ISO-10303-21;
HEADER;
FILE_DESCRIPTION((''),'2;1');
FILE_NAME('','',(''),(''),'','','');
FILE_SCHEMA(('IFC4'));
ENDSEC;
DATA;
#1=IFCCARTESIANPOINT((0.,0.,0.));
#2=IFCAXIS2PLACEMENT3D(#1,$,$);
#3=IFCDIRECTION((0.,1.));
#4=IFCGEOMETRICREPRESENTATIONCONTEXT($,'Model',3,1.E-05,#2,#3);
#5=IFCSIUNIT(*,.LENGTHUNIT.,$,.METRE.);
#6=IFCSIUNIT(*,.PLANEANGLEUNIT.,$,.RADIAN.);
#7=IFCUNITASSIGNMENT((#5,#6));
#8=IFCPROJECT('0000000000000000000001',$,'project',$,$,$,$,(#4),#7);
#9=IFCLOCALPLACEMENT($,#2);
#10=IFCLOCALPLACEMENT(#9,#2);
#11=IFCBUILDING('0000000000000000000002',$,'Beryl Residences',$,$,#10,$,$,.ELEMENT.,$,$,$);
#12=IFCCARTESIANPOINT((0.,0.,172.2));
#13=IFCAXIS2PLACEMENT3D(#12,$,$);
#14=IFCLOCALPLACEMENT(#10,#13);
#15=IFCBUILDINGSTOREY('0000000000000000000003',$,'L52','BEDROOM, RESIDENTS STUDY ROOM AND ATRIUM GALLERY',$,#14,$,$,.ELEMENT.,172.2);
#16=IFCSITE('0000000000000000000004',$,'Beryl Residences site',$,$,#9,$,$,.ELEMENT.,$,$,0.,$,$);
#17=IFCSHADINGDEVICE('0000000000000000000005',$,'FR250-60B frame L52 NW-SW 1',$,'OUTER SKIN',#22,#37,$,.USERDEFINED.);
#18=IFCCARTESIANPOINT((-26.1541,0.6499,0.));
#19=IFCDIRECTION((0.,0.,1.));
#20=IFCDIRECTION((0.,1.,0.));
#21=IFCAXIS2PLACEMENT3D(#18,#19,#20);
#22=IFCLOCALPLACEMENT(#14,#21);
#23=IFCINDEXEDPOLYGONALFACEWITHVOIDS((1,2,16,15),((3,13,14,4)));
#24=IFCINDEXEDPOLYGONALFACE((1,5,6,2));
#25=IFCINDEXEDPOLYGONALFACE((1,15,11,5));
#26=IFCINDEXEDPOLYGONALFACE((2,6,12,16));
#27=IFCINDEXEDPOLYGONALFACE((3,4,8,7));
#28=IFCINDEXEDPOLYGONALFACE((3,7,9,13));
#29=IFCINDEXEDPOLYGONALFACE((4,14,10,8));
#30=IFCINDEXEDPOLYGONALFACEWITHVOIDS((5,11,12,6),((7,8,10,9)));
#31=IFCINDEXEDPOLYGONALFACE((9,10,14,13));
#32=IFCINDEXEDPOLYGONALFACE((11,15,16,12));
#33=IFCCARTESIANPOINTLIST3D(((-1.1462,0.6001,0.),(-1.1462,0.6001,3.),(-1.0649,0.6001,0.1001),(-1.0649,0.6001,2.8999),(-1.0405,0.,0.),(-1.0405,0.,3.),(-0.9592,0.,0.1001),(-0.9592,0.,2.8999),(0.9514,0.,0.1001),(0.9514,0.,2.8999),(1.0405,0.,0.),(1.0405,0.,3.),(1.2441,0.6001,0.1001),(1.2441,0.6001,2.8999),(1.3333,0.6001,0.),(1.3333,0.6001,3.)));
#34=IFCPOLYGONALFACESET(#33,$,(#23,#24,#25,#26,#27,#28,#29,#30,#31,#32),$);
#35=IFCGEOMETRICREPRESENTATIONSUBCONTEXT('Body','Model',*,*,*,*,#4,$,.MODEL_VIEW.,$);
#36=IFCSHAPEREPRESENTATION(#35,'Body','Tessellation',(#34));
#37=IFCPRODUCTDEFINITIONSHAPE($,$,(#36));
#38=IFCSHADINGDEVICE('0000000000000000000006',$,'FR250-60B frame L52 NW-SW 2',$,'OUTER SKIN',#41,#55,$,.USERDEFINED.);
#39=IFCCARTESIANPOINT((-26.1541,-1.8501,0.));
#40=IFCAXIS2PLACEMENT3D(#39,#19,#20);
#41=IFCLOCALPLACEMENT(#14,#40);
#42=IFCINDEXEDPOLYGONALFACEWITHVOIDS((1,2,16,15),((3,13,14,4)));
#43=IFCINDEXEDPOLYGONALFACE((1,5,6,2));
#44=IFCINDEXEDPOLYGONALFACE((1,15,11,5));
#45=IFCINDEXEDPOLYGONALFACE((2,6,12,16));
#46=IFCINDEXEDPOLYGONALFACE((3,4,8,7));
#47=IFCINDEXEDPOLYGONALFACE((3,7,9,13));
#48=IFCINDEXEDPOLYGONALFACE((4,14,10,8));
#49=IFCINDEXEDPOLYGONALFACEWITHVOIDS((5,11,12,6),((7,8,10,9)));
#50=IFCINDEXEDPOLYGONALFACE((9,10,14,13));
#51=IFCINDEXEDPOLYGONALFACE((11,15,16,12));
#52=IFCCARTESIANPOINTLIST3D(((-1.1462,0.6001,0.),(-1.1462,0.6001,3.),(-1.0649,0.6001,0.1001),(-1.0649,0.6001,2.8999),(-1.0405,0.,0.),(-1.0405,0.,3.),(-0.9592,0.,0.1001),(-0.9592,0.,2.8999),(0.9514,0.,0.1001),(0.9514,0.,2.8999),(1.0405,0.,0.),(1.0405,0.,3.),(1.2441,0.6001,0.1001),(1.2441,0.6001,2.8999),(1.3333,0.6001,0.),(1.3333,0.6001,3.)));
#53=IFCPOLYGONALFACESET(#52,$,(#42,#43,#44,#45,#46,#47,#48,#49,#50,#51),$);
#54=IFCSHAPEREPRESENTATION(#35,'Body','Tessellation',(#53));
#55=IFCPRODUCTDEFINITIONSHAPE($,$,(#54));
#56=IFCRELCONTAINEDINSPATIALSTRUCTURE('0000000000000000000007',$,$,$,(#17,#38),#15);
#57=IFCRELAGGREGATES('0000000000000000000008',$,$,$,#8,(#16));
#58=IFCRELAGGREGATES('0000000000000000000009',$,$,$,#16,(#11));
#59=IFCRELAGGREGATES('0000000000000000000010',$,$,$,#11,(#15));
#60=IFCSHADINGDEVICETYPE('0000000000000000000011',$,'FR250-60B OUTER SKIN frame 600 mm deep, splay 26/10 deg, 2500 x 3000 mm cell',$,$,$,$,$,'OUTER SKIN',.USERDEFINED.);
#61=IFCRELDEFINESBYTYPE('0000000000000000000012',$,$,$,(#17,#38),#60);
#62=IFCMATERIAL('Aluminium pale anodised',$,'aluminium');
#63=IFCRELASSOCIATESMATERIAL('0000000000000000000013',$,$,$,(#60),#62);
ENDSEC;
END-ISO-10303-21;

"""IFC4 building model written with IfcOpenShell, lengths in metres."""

from ifc_helpers import new_model, entity, si_unit, direction, frame, origin, place, context, subcontext, project, spatial, source, transform, mapped, material, type_object, type_shapes, element, save


model = new_model("IFC4")

# Units and contexts
model_context = context("Model", 3, precision=1e-05, world=origin(), true_north=direction((0.0, 1.0)))
body_context = subcontext(model_context, "Body", "Model", "MODEL_VIEW")
ifc_project = project(units=[si_unit("LENGTHUNIT", "METRE"), si_unit("PLANEANGLEUNIT", "RADIAN")], contexts=[model_context])

# Site, building, storey
site_placement = place(None, origin())
site = spatial("IfcSite", under=ifc_project, at=site_placement, Name="Beryl Residences site", CompositionType="ELEMENT", RefElevation=0.0)
building_placement = place(site_placement, origin())
building = spatial("IfcBuilding", under=site, at=building_placement, Name="Beryl Residences", CompositionType="ELEMENT")
storey_placement = place(building_placement, frame((0.0, 0.0, 172.2)))
storey = spatial("IfcBuildingStorey", under=building, at=storey_placement, Name="L52", Description="BEDROOM, RESIDENTS STUDY ROOM AND ATRIUM GALLERY", CompositionType="ELEMENT", Elevation=172.2)

# Shading devices
ifc_material_1 = material(Name="Aluminium pale anodised", Category="aluminium")
shading_device_type = type_object("IfcShadingDeviceType", Name="FR250-60B OUTER SKIN frame 600 mm deep, splay 26/10 deg, 2500 x 3000 mm cell", ElementType="OUTER SKIN", PredefinedType="USERDEFINED", material=ifc_material_1)
cartesian_point_1 = entity("IfcCartesianPoint", [-1.0405, 0.0])
cartesian_point_2 = entity("IfcCartesianPoint", [-0.9514, 0.1001])
cartesian_point_3 = entity("IfcCartesianPoint", [-1.3333, 0.0])
cartesian_point_4 = entity("IfcCartesianPoint", [-1.2441, 0.1001])
shared_shape_1 = source(origin(), body_context, "Body", "SweptSolid", [
    entity("IfcExtrudedAreaSolidTapered", entity("IfcArbitraryProfileDefWithVoids", "AREA", None, entity("IfcPolyline", [cartesian_point_1, entity("IfcCartesianPoint", [1.0405, 0.0]), entity("IfcCartesianPoint", [1.0405, 3.0]), entity("IfcCartesianPoint", [-1.0405, 3.0]), cartesian_point_1]), [entity("IfcPolyline", [cartesian_point_2, entity("IfcCartesianPoint", [0.9592, 0.1001]), entity("IfcCartesianPoint", [0.9592, 2.8999]), entity("IfcCartesianPoint", [-0.9514, 2.8999]), cartesian_point_2])]), entity("IfcAxis2Placement3D", entity("IfcCartesianPoint", [0.0, 0.0, 0.0]), entity("IfcDirection", [0.0, 1.0, 0.0]), entity("IfcDirection", [-1.0, 0.0, 0.0])), entity("IfcDirection", [0.0, 0.0, 1.0]), 0.6001, entity("IfcArbitraryProfileDefWithVoids", "AREA", None, entity("IfcPolyline", [cartesian_point_3, entity("IfcCartesianPoint", [1.1462, 0.0]), entity("IfcCartesianPoint", [1.1462, 3.0]), entity("IfcCartesianPoint", [-1.3333, 3.0]), cartesian_point_3]), [entity("IfcPolyline", [cartesian_point_4, entity("IfcCartesianPoint", [1.0649, 0.1001]), entity("IfcCartesianPoint", [1.0649, 2.8999]), entity("IfcCartesianPoint", [-1.2441, 2.8999]), cartesian_point_4])])),
])
type_shapes(shading_device_type, [shared_shape_1])
for number, where, z_axis, x_axis, name in (
    (1, (-26.1541, 0.6499, 0.0), (0.0, 0.0, 1.0), (0.0, 1.0, 0.0), "FR250-60B frame L52 NW-SW 1"),
    (2, (-26.1541, -1.8501, 0.0), (0.0, 0.0, 1.0), (0.0, 1.0, 0.0), "FR250-60B frame L52 NW-SW 2"),
):
    element("IfcShadingDevice", number, at=place(storey_placement, frame(where, z_axis=z_axis, x_axis=x_axis)), inside=storey, type_object=shading_device_type, Name=name, ObjectType="OUTER SKIN", PredefinedType="USERDEFINED", context=body_context, shape_type="MappedRepresentation", body=[
        mapped(shared_shape_1, transform((0.0, 0.0, 0.0))),
    ])

save(model, "model.ifc")
